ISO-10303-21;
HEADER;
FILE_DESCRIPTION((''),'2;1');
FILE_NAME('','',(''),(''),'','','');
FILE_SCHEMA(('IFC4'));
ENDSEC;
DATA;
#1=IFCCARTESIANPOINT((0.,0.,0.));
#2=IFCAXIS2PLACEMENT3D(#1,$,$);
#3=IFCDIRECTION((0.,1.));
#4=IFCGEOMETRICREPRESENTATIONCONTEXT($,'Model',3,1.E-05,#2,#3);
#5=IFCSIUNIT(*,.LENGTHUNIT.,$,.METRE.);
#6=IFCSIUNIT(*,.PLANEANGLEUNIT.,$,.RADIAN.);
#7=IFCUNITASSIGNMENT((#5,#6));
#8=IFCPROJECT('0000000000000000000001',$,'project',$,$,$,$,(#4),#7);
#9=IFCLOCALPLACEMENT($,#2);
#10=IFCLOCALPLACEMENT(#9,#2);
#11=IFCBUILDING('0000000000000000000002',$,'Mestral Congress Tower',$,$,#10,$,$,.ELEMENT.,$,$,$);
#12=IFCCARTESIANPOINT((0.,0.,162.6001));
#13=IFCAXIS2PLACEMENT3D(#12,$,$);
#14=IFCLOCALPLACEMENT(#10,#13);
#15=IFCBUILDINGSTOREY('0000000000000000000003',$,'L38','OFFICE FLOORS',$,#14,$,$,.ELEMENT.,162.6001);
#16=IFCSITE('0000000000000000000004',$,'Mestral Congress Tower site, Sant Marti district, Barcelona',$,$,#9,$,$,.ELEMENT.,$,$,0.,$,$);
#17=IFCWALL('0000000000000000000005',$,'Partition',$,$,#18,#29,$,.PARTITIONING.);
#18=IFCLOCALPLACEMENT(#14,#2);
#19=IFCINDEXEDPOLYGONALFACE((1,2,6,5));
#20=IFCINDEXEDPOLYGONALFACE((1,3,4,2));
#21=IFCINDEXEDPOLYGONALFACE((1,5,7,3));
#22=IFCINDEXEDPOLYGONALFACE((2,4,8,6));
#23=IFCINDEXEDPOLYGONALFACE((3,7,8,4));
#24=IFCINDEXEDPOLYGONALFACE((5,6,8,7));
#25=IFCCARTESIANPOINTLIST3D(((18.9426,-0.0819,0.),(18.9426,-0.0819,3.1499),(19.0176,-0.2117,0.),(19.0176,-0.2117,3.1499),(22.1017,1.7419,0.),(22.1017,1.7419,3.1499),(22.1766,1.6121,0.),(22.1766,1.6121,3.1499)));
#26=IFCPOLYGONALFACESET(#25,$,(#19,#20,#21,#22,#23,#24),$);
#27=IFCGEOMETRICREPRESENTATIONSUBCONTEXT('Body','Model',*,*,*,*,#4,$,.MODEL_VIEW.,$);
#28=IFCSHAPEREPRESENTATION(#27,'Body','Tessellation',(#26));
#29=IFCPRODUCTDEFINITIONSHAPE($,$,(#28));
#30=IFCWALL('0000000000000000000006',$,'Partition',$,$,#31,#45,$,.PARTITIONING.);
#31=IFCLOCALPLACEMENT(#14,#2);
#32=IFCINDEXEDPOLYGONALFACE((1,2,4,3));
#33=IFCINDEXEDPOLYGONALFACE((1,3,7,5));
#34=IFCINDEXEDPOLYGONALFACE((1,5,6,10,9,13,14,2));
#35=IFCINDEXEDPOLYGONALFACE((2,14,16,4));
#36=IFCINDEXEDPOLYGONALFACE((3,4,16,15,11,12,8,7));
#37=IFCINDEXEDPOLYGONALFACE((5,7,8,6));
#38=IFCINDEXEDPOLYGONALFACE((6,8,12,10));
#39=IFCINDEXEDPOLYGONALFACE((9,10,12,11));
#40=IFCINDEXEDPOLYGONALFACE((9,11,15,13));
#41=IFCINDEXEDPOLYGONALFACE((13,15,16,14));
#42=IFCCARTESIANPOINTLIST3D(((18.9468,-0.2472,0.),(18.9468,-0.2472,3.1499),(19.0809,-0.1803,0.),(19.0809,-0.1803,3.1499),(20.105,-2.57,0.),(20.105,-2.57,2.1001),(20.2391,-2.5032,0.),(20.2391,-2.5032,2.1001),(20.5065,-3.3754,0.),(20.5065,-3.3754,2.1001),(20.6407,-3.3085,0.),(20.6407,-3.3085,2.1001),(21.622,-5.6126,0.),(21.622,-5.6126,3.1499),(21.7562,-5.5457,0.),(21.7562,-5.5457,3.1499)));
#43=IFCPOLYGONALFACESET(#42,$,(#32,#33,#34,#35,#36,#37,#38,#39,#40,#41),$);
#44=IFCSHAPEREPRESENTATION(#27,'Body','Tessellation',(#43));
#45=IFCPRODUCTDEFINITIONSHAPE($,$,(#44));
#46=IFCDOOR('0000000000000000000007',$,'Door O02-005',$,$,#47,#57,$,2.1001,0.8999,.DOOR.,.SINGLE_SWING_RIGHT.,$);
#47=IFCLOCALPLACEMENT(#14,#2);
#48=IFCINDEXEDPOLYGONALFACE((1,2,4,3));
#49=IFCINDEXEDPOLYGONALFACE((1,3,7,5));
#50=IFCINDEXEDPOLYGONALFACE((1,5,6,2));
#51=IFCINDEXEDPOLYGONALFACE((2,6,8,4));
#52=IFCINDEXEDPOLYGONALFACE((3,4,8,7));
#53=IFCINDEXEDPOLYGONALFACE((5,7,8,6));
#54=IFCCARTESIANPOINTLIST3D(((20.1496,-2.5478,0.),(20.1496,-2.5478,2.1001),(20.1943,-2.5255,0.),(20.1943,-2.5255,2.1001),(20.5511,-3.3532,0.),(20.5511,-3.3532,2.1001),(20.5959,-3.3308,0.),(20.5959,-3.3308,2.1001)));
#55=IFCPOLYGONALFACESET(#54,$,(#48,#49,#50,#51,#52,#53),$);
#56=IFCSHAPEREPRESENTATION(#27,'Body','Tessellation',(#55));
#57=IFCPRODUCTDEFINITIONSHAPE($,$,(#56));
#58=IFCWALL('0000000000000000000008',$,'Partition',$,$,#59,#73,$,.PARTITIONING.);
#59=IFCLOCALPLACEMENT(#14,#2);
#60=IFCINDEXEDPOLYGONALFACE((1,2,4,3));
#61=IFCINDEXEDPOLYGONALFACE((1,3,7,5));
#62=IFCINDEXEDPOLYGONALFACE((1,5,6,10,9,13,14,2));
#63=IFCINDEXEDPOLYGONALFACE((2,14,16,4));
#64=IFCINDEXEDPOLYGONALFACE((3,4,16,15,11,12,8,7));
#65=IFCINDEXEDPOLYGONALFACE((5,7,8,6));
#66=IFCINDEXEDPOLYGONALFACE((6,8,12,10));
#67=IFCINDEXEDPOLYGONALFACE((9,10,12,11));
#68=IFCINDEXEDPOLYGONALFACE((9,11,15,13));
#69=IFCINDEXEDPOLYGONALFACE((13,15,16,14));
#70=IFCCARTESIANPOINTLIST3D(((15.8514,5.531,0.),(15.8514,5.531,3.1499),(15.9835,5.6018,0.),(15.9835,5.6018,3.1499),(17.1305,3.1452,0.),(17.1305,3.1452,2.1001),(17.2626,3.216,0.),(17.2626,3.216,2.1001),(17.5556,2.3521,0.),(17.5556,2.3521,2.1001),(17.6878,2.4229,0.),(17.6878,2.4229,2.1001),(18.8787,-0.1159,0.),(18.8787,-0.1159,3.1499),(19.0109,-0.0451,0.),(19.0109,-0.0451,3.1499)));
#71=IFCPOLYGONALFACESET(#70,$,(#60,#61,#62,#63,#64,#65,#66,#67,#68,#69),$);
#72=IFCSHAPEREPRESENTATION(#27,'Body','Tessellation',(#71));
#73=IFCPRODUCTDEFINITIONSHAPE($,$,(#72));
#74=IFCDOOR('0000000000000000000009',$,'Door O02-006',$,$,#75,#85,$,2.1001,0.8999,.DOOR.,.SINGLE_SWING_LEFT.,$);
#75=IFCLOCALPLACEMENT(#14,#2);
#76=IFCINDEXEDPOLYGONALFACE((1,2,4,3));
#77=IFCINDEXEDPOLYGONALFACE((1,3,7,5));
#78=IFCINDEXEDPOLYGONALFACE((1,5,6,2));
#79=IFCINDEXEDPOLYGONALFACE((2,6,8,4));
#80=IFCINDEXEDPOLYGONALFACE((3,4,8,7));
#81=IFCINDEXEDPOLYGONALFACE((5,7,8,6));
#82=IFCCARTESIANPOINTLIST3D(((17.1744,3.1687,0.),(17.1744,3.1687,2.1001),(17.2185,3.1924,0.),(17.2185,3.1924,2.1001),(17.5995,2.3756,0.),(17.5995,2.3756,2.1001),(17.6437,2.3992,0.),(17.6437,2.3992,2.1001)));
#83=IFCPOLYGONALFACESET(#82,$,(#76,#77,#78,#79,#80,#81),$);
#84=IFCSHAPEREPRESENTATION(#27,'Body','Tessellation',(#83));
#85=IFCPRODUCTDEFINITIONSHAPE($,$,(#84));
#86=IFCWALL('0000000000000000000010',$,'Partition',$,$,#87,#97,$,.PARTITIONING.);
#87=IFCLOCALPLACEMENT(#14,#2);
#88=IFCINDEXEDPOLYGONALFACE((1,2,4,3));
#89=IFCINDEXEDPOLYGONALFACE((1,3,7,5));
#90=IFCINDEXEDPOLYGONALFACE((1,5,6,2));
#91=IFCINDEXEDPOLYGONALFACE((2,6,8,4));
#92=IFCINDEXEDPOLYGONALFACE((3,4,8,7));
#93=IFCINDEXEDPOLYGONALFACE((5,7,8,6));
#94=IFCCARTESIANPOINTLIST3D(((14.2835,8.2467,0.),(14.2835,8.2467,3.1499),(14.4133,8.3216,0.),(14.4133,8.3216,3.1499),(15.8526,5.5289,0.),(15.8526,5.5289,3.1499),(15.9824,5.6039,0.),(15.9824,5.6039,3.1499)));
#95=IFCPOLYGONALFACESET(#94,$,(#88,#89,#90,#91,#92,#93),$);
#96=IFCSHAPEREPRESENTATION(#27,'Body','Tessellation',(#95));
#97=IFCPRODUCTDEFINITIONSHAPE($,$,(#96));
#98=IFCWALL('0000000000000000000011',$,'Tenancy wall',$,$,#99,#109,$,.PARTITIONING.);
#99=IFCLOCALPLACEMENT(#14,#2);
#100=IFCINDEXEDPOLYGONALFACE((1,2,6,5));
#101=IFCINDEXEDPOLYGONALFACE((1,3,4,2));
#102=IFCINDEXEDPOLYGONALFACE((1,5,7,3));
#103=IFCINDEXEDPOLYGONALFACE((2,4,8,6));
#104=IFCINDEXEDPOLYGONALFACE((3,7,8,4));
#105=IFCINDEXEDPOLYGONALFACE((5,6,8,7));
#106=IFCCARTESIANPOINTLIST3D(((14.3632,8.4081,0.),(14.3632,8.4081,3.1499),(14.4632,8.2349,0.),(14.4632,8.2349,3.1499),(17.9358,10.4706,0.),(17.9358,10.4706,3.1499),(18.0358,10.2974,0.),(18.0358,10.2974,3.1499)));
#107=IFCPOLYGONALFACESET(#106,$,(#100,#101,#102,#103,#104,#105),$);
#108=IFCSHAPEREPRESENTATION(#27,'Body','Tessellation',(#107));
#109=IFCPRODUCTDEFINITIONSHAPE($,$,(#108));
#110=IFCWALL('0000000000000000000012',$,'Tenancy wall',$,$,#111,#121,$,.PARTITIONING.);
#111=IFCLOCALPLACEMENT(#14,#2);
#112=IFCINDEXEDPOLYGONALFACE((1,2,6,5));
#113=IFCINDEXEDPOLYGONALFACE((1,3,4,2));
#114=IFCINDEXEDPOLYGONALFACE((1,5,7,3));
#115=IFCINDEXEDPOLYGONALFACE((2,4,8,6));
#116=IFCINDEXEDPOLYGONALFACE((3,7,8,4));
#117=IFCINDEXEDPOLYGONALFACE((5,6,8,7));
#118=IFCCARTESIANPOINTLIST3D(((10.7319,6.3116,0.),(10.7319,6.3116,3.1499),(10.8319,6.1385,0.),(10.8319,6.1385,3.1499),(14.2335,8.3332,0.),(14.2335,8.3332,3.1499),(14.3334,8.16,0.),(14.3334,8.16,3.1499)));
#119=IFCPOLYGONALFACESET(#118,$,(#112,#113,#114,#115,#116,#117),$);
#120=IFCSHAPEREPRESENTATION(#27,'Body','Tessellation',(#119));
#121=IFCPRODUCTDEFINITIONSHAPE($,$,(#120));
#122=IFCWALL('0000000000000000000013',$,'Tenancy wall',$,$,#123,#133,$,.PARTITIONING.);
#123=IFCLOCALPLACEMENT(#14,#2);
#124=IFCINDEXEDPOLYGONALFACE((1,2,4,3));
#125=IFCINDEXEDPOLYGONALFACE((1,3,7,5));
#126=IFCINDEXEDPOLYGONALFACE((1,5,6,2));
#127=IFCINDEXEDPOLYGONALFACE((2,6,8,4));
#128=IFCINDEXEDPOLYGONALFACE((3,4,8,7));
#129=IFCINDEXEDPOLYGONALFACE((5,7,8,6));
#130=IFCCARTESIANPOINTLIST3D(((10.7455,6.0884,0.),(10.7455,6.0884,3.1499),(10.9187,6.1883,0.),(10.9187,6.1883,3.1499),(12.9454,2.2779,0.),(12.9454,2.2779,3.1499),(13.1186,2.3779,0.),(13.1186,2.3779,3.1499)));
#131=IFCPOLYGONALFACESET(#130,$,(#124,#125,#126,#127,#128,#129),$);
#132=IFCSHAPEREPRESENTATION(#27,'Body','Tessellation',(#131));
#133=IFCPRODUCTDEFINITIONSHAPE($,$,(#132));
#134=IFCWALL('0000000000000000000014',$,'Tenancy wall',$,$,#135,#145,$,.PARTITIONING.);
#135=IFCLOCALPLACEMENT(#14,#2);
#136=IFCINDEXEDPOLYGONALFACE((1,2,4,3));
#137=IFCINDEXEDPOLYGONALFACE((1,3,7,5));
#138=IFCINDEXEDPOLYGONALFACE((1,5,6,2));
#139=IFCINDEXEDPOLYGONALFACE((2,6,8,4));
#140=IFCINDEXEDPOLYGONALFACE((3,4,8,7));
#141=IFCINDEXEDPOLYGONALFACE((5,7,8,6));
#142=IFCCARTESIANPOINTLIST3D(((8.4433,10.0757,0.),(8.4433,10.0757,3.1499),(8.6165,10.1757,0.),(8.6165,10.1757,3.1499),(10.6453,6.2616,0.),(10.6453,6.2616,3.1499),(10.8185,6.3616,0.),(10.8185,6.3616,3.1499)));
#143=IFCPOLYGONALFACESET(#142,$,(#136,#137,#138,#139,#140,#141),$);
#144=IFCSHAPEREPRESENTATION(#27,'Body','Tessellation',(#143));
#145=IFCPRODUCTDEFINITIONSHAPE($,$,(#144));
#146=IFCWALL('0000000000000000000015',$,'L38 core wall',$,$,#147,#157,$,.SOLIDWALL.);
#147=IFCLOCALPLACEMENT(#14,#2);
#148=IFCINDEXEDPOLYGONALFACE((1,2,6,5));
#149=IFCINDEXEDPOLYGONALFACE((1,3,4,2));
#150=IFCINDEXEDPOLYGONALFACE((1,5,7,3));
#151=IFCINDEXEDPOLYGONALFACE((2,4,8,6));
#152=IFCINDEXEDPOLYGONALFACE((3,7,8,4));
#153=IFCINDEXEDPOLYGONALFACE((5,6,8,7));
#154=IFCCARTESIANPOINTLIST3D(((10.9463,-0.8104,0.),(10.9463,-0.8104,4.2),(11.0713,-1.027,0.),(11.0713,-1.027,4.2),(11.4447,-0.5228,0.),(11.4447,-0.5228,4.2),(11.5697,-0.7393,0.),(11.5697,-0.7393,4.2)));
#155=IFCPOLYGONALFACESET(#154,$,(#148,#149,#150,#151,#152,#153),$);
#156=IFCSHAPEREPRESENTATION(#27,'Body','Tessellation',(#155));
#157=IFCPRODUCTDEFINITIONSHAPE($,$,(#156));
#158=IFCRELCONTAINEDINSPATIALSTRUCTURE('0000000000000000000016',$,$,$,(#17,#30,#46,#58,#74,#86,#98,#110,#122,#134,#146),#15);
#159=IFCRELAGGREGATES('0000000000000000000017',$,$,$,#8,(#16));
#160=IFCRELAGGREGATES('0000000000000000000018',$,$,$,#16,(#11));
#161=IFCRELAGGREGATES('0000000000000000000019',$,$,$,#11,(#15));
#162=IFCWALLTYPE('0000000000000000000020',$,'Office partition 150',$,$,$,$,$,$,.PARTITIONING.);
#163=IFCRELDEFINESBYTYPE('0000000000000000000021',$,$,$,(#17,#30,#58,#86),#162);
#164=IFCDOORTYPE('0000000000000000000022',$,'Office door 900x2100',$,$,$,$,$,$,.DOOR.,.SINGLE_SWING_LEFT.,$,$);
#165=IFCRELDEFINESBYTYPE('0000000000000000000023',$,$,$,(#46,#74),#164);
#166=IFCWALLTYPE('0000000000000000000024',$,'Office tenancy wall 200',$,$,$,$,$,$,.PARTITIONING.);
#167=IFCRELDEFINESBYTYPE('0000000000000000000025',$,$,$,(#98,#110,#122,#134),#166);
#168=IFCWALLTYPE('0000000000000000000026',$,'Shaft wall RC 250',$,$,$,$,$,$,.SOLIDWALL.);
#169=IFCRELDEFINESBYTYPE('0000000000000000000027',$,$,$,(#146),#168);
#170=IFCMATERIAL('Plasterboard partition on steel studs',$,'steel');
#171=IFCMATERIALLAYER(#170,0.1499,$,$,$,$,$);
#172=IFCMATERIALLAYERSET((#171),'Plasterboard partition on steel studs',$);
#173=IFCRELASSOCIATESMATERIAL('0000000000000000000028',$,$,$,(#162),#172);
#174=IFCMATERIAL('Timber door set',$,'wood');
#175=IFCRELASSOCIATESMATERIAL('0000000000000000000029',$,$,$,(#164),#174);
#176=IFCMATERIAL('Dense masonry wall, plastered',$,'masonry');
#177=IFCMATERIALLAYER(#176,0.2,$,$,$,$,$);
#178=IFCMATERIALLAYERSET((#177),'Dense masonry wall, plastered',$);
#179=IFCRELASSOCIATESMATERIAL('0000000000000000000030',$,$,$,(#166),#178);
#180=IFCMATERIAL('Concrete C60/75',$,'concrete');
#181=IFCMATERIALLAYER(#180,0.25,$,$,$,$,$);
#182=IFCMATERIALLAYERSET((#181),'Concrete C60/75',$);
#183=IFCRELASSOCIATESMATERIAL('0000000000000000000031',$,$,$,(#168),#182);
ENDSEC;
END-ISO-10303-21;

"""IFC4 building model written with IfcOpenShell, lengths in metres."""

from ifc_helpers import new_model, si_unit, direction, frame, frame_2d, origin, place, context, subcontext, project, spatial, rectangle, extrude, material, layer, layer_set, type_object, element, fill, save


model = new_model("IFC4")

# Units and contexts
model_context = context("Model", 3, precision=1e-05, world=origin(), true_north=direction((0.0, 1.0)))
body_context = subcontext(model_context, "Body", "Model", "MODEL_VIEW")
ifc_project = project(units=[si_unit("LENGTHUNIT", "METRE"), si_unit("PLANEANGLEUNIT", "RADIAN")], contexts=[model_context])

# Site, building, storey
site_placement = place(None, origin())
site = spatial("IfcSite", under=ifc_project, at=site_placement, Name="Mestral Congress Tower site, Sant Marti district, Barcelona", CompositionType="ELEMENT", RefElevation=0.0)
building_placement = place(site_placement, origin())
building = spatial("IfcBuilding", under=site, at=building_placement, Name="Mestral Congress Tower", CompositionType="ELEMENT")
storey_placement = place(building_placement, frame((0.0, 0.0, 162.6001)))
storey = spatial("IfcBuildingStorey", under=building, at=storey_placement, Name="L38", Description="OFFICE FLOORS", CompositionType="ELEMENT", Elevation=162.6001)

# Shared definitions
ifc_material_1 = material(Name="Concrete C60/75", Category="concrete")

# Wall
ifc_material_2 = material(Name="Plasterboard partition on steel studs", Category="steel")
ifc_layer_1 = layer(ifc_material_2, 0.1499)
ifc_layer_set_1 = layer_set([ifc_layer_1], Name="Plasterboard partition on steel studs")
wall_type_1 = type_object("IfcWallType", Name="Office partition 150", PredefinedType="PARTITIONING", material=ifc_layer_set_1)
wall_1_placement = place(storey_placement, frame((18.9802, -0.1467, 0.0), z_axis=(0.0, 0.0, 1.0), x_axis=(0.866035, 0.499983, 0.0)))
element("IfcWall", 1, at=wall_1_placement, inside=storey, type_object=wall_type_1, Name="Partition", PredefinedType="PARTITIONING", context=body_context, shape_type="SweptSolid", body=[
    extrude(rectangle(XDim=3.6477, YDim=0.1499, at=frame_2d((1.8237, 0.0))), origin(), (0.0, 0.0, 1.0), 3.1499),
])

# Walls, openings, doors
wall_2_placement = place(storey_placement, frame((19.0139, -0.2139, 0.0), z_axis=(0.0, 0.0, 1.0), x_axis=(0.44622, -0.894923, 0.0)))
wall_2 = element("IfcWall", 2, at=wall_2_placement, inside=storey, type_object=wall_type_1, Name="Partition", PredefinedType="PARTITIONING", context=body_context, shape_type="SweptSolid", body=[
    extrude(rectangle(XDim=5.9954, YDim=0.1499, at=frame_2d((2.9976, 0.0))), origin(), (0.0, 0.0, 1.0), 3.1499),
])
opening_1_placement = place(wall_2_placement, frame((2.5955, 0.0, 0.0)))
opening_1 = element("IfcOpeningElement", 3, at=opening_1_placement, cuts=wall_2, PredefinedType="OPENING", context=body_context, shape_type="SweptSolid", body=[
    extrude(rectangle(XDim=0.8999, YDim=2.1001, at=frame_2d((0.45, 1.05))), frame((0.0, 0.085, 0.0), z_axis=(0.0, -1.0, 0.0), x_axis=(1.0, 0.0, 0.0)), (0.0, 0.0, 1.0), 0.1699),
])
ifc_material_3 = material(Name="Timber door set", Category="wood")
door_type_1 = type_object("IfcDoorType", Name="Office door 900x2100", OperationType="SINGLE_SWING_LEFT", PredefinedType="DOOR", material=ifc_material_3)
door_1_placement = place(opening_1_placement, origin())
door_1 = element("IfcDoor", 4, at=door_1_placement, inside=storey, type_object=door_type_1, Name="Door O02-005", OperationType="SINGLE_SWING_RIGHT", OverallHeight=2.1001, OverallWidth=0.8999, PredefinedType="DOOR", context=body_context, shape_type="SweptSolid", body=[
    extrude(rectangle(XDim=0.8999, YDim=2.1001, at=frame_2d((0.45, 1.05))), frame((0.0, 0.0249, 0.0), z_axis=(0.0, -1.0, 0.0), x_axis=(1.0, 0.0, 0.0)), (0.0, 0.0, 1.0), 0.05),
])
fill(opening_1, door_1)
wall_3_placement = place(storey_placement, frame((15.9175, 5.5664, 0.0), z_axis=(0.0, 0.0, 1.0), x_axis=(0.472486, -0.881338, 0.0)))
wall_3 = element("IfcWall", 5, at=wall_3_placement, inside=storey, type_object=wall_type_1, Name="Partition", PredefinedType="PARTITIONING", context=body_context, shape_type="SweptSolid", body=[
    extrude(rectangle(XDim=6.4072, YDim=0.1499, at=frame_2d((3.2036, 0.0))), origin(), (0.0, 0.0, 1.0), 3.1499),
])
opening_2_placement = place(wall_3_placement, frame((2.707, 0.0, 0.0)))
opening_2 = element("IfcOpeningElement", 6, at=opening_2_placement, cuts=wall_3, PredefinedType="OPENING", context=body_context, shape_type="SweptSolid", body=[
    extrude(rectangle(XDim=0.8999, YDim=2.1001, at=frame_2d((0.45, 1.05))), frame((0.0, 0.085, 0.0), z_axis=(0.0, -1.0, 0.0), x_axis=(1.0, 0.0, 0.0)), (0.0, 0.0, 1.0), 0.1699),
])
door_2_placement = place(opening_2_placement, origin())
door_2 = element("IfcDoor", 7, at=door_2_placement, inside=storey, type_object=door_type_1, Name="Door O02-006", OperationType="SINGLE_SWING_LEFT", OverallHeight=2.1001, OverallWidth=0.8999, PredefinedType="DOOR", context=body_context, shape_type="SweptSolid", body=[
    extrude(rectangle(XDim=0.8999, YDim=2.1001, at=frame_2d((0.45, 1.05))), frame((0.0, 0.0249, 0.0), z_axis=(0.0, -1.0, 0.0), x_axis=(1.0, 0.0, 0.0)), (0.0, 0.0, 1.0), 0.05),
])
fill(opening_2, door_2)

# Walls
wall_4_placement = place(storey_placement, frame((15.9175, 5.5664, 0.0), z_axis=(0.0, 0.0, 1.0), x_axis=(-0.499996, 0.866028, 0.0)))
element("IfcWall", 8, at=wall_4_placement, inside=storey, type_object=wall_type_1, Name="Partition", PredefinedType="PARTITIONING", context=body_context, shape_type="SweptSolid", body=[
    extrude(rectangle(XDim=3.1382, YDim=0.1499, at=frame_2d((1.5691, 0.0))), origin(), (0.0, 0.0, 1.0), 3.1499),
])
ifc_material_4 = material(Name="Dense masonry wall, plastered", Category="masonry")
ifc_layer_2 = layer(ifc_material_4, 0.2)
ifc_layer_set_2 = layer_set([ifc_layer_2], Name="Dense masonry wall, plastered")
wall_type_2 = type_object("IfcWallType", Name="Office tenancy wall 200", PredefinedType="PARTITIONING", material=ifc_layer_set_2)
wall_5_placement = place(storey_placement, frame((14.4133, 8.3215, 0.0), z_axis=(0.0, 0.0, 1.0), x_axis=(0.866035, 0.499984, 0.0)))
element("IfcWall", 9, at=wall_5_placement, inside=storey, type_object=wall_type_2, Name="Tenancy wall", PredefinedType="PARTITIONING", context=body_context, shape_type="SweptSolid", body=[
    extrude(rectangle(XDim=4.1252, YDim=0.2, at=frame_2d((2.0625, 0.0))), origin(), (0.0, 0.0, 1.0), 3.1499),
])
wall_6_placement = place(storey_placement, frame((10.782, 6.2251, 0.0), z_axis=(0.0, 0.0, 1.0), x_axis=(0.866035, 0.499984, 0.0)))
element("IfcWall", 10, at=wall_6_placement, inside=storey, type_object=wall_type_2, Name="Tenancy wall", PredefinedType="PARTITIONING", context=body_context, shape_type="SweptSolid", body=[
    extrude(rectangle(XDim=4.0432, YDim=0.2, at=frame_2d((2.0215, 0.0))), origin(), (0.0, 0.0, 1.0), 3.1499),
])
wall_7_placement = place(storey_placement, frame((13.032, 2.3279, 0.0), z_axis=(0.0, 0.0, 1.0), x_axis=(-0.499988, 0.866032, 0.0)))
element("IfcWall", 11, at=wall_7_placement, inside=storey, type_object=wall_type_2, Name="Tenancy wall", PredefinedType="PARTITIONING", context=body_context, shape_type="SweptSolid", body=[
    extrude(rectangle(XDim=4.3999, YDim=0.2, at=frame_2d((2.2, 0.0))), origin(), (0.0, 0.0, 1.0), 3.1499),
])
wall_8_placement = place(storey_placement, frame((10.7319, 6.3115, 0.0), z_axis=(0.0, 0.0, 1.0), x_axis=(-0.499985, 0.866034, 0.0)))
element("IfcWall", 12, at=wall_8_placement, inside=storey, type_object=wall_type_2, Name="Tenancy wall", PredefinedType="PARTITIONING", context=body_context, shape_type="SweptSolid", body=[
    extrude(rectangle(XDim=4.4041, YDim=0.2, at=frame_2d((2.2021, 0.0))), origin(), (0.0, 0.0, 1.0), 3.1499),
])
ifc_layer_3 = layer(ifc_material_1, 0.25)
ifc_layer_set_3 = layer_set([ifc_layer_3], Name="Concrete C60/75")
wall_type_3 = type_object("IfcWallType", Name="Shaft wall RC 250", PredefinedType="SOLIDWALL", material=ifc_layer_set_3)
wall_9_placement = place(storey_placement, frame((11.5071, -0.6311, 0.0), z_axis=(0.0, 0.0, 1.0), x_axis=(-0.866094, -0.499882, 0.0)))
element("IfcWall", 13, at=wall_9_placement, inside=storey, type_object=wall_type_3, Name="L38 core wall", PredefinedType="SOLIDWALL", context=body_context, shape_type="SweptSolid", body=[
    extrude(rectangle(XDim=0.5754, YDim=0.25, at=frame_2d((0.2876, 0.0))), origin(), (0.0, 0.0, 1.0), 4.2),
])

save(model, "model.ifc")
